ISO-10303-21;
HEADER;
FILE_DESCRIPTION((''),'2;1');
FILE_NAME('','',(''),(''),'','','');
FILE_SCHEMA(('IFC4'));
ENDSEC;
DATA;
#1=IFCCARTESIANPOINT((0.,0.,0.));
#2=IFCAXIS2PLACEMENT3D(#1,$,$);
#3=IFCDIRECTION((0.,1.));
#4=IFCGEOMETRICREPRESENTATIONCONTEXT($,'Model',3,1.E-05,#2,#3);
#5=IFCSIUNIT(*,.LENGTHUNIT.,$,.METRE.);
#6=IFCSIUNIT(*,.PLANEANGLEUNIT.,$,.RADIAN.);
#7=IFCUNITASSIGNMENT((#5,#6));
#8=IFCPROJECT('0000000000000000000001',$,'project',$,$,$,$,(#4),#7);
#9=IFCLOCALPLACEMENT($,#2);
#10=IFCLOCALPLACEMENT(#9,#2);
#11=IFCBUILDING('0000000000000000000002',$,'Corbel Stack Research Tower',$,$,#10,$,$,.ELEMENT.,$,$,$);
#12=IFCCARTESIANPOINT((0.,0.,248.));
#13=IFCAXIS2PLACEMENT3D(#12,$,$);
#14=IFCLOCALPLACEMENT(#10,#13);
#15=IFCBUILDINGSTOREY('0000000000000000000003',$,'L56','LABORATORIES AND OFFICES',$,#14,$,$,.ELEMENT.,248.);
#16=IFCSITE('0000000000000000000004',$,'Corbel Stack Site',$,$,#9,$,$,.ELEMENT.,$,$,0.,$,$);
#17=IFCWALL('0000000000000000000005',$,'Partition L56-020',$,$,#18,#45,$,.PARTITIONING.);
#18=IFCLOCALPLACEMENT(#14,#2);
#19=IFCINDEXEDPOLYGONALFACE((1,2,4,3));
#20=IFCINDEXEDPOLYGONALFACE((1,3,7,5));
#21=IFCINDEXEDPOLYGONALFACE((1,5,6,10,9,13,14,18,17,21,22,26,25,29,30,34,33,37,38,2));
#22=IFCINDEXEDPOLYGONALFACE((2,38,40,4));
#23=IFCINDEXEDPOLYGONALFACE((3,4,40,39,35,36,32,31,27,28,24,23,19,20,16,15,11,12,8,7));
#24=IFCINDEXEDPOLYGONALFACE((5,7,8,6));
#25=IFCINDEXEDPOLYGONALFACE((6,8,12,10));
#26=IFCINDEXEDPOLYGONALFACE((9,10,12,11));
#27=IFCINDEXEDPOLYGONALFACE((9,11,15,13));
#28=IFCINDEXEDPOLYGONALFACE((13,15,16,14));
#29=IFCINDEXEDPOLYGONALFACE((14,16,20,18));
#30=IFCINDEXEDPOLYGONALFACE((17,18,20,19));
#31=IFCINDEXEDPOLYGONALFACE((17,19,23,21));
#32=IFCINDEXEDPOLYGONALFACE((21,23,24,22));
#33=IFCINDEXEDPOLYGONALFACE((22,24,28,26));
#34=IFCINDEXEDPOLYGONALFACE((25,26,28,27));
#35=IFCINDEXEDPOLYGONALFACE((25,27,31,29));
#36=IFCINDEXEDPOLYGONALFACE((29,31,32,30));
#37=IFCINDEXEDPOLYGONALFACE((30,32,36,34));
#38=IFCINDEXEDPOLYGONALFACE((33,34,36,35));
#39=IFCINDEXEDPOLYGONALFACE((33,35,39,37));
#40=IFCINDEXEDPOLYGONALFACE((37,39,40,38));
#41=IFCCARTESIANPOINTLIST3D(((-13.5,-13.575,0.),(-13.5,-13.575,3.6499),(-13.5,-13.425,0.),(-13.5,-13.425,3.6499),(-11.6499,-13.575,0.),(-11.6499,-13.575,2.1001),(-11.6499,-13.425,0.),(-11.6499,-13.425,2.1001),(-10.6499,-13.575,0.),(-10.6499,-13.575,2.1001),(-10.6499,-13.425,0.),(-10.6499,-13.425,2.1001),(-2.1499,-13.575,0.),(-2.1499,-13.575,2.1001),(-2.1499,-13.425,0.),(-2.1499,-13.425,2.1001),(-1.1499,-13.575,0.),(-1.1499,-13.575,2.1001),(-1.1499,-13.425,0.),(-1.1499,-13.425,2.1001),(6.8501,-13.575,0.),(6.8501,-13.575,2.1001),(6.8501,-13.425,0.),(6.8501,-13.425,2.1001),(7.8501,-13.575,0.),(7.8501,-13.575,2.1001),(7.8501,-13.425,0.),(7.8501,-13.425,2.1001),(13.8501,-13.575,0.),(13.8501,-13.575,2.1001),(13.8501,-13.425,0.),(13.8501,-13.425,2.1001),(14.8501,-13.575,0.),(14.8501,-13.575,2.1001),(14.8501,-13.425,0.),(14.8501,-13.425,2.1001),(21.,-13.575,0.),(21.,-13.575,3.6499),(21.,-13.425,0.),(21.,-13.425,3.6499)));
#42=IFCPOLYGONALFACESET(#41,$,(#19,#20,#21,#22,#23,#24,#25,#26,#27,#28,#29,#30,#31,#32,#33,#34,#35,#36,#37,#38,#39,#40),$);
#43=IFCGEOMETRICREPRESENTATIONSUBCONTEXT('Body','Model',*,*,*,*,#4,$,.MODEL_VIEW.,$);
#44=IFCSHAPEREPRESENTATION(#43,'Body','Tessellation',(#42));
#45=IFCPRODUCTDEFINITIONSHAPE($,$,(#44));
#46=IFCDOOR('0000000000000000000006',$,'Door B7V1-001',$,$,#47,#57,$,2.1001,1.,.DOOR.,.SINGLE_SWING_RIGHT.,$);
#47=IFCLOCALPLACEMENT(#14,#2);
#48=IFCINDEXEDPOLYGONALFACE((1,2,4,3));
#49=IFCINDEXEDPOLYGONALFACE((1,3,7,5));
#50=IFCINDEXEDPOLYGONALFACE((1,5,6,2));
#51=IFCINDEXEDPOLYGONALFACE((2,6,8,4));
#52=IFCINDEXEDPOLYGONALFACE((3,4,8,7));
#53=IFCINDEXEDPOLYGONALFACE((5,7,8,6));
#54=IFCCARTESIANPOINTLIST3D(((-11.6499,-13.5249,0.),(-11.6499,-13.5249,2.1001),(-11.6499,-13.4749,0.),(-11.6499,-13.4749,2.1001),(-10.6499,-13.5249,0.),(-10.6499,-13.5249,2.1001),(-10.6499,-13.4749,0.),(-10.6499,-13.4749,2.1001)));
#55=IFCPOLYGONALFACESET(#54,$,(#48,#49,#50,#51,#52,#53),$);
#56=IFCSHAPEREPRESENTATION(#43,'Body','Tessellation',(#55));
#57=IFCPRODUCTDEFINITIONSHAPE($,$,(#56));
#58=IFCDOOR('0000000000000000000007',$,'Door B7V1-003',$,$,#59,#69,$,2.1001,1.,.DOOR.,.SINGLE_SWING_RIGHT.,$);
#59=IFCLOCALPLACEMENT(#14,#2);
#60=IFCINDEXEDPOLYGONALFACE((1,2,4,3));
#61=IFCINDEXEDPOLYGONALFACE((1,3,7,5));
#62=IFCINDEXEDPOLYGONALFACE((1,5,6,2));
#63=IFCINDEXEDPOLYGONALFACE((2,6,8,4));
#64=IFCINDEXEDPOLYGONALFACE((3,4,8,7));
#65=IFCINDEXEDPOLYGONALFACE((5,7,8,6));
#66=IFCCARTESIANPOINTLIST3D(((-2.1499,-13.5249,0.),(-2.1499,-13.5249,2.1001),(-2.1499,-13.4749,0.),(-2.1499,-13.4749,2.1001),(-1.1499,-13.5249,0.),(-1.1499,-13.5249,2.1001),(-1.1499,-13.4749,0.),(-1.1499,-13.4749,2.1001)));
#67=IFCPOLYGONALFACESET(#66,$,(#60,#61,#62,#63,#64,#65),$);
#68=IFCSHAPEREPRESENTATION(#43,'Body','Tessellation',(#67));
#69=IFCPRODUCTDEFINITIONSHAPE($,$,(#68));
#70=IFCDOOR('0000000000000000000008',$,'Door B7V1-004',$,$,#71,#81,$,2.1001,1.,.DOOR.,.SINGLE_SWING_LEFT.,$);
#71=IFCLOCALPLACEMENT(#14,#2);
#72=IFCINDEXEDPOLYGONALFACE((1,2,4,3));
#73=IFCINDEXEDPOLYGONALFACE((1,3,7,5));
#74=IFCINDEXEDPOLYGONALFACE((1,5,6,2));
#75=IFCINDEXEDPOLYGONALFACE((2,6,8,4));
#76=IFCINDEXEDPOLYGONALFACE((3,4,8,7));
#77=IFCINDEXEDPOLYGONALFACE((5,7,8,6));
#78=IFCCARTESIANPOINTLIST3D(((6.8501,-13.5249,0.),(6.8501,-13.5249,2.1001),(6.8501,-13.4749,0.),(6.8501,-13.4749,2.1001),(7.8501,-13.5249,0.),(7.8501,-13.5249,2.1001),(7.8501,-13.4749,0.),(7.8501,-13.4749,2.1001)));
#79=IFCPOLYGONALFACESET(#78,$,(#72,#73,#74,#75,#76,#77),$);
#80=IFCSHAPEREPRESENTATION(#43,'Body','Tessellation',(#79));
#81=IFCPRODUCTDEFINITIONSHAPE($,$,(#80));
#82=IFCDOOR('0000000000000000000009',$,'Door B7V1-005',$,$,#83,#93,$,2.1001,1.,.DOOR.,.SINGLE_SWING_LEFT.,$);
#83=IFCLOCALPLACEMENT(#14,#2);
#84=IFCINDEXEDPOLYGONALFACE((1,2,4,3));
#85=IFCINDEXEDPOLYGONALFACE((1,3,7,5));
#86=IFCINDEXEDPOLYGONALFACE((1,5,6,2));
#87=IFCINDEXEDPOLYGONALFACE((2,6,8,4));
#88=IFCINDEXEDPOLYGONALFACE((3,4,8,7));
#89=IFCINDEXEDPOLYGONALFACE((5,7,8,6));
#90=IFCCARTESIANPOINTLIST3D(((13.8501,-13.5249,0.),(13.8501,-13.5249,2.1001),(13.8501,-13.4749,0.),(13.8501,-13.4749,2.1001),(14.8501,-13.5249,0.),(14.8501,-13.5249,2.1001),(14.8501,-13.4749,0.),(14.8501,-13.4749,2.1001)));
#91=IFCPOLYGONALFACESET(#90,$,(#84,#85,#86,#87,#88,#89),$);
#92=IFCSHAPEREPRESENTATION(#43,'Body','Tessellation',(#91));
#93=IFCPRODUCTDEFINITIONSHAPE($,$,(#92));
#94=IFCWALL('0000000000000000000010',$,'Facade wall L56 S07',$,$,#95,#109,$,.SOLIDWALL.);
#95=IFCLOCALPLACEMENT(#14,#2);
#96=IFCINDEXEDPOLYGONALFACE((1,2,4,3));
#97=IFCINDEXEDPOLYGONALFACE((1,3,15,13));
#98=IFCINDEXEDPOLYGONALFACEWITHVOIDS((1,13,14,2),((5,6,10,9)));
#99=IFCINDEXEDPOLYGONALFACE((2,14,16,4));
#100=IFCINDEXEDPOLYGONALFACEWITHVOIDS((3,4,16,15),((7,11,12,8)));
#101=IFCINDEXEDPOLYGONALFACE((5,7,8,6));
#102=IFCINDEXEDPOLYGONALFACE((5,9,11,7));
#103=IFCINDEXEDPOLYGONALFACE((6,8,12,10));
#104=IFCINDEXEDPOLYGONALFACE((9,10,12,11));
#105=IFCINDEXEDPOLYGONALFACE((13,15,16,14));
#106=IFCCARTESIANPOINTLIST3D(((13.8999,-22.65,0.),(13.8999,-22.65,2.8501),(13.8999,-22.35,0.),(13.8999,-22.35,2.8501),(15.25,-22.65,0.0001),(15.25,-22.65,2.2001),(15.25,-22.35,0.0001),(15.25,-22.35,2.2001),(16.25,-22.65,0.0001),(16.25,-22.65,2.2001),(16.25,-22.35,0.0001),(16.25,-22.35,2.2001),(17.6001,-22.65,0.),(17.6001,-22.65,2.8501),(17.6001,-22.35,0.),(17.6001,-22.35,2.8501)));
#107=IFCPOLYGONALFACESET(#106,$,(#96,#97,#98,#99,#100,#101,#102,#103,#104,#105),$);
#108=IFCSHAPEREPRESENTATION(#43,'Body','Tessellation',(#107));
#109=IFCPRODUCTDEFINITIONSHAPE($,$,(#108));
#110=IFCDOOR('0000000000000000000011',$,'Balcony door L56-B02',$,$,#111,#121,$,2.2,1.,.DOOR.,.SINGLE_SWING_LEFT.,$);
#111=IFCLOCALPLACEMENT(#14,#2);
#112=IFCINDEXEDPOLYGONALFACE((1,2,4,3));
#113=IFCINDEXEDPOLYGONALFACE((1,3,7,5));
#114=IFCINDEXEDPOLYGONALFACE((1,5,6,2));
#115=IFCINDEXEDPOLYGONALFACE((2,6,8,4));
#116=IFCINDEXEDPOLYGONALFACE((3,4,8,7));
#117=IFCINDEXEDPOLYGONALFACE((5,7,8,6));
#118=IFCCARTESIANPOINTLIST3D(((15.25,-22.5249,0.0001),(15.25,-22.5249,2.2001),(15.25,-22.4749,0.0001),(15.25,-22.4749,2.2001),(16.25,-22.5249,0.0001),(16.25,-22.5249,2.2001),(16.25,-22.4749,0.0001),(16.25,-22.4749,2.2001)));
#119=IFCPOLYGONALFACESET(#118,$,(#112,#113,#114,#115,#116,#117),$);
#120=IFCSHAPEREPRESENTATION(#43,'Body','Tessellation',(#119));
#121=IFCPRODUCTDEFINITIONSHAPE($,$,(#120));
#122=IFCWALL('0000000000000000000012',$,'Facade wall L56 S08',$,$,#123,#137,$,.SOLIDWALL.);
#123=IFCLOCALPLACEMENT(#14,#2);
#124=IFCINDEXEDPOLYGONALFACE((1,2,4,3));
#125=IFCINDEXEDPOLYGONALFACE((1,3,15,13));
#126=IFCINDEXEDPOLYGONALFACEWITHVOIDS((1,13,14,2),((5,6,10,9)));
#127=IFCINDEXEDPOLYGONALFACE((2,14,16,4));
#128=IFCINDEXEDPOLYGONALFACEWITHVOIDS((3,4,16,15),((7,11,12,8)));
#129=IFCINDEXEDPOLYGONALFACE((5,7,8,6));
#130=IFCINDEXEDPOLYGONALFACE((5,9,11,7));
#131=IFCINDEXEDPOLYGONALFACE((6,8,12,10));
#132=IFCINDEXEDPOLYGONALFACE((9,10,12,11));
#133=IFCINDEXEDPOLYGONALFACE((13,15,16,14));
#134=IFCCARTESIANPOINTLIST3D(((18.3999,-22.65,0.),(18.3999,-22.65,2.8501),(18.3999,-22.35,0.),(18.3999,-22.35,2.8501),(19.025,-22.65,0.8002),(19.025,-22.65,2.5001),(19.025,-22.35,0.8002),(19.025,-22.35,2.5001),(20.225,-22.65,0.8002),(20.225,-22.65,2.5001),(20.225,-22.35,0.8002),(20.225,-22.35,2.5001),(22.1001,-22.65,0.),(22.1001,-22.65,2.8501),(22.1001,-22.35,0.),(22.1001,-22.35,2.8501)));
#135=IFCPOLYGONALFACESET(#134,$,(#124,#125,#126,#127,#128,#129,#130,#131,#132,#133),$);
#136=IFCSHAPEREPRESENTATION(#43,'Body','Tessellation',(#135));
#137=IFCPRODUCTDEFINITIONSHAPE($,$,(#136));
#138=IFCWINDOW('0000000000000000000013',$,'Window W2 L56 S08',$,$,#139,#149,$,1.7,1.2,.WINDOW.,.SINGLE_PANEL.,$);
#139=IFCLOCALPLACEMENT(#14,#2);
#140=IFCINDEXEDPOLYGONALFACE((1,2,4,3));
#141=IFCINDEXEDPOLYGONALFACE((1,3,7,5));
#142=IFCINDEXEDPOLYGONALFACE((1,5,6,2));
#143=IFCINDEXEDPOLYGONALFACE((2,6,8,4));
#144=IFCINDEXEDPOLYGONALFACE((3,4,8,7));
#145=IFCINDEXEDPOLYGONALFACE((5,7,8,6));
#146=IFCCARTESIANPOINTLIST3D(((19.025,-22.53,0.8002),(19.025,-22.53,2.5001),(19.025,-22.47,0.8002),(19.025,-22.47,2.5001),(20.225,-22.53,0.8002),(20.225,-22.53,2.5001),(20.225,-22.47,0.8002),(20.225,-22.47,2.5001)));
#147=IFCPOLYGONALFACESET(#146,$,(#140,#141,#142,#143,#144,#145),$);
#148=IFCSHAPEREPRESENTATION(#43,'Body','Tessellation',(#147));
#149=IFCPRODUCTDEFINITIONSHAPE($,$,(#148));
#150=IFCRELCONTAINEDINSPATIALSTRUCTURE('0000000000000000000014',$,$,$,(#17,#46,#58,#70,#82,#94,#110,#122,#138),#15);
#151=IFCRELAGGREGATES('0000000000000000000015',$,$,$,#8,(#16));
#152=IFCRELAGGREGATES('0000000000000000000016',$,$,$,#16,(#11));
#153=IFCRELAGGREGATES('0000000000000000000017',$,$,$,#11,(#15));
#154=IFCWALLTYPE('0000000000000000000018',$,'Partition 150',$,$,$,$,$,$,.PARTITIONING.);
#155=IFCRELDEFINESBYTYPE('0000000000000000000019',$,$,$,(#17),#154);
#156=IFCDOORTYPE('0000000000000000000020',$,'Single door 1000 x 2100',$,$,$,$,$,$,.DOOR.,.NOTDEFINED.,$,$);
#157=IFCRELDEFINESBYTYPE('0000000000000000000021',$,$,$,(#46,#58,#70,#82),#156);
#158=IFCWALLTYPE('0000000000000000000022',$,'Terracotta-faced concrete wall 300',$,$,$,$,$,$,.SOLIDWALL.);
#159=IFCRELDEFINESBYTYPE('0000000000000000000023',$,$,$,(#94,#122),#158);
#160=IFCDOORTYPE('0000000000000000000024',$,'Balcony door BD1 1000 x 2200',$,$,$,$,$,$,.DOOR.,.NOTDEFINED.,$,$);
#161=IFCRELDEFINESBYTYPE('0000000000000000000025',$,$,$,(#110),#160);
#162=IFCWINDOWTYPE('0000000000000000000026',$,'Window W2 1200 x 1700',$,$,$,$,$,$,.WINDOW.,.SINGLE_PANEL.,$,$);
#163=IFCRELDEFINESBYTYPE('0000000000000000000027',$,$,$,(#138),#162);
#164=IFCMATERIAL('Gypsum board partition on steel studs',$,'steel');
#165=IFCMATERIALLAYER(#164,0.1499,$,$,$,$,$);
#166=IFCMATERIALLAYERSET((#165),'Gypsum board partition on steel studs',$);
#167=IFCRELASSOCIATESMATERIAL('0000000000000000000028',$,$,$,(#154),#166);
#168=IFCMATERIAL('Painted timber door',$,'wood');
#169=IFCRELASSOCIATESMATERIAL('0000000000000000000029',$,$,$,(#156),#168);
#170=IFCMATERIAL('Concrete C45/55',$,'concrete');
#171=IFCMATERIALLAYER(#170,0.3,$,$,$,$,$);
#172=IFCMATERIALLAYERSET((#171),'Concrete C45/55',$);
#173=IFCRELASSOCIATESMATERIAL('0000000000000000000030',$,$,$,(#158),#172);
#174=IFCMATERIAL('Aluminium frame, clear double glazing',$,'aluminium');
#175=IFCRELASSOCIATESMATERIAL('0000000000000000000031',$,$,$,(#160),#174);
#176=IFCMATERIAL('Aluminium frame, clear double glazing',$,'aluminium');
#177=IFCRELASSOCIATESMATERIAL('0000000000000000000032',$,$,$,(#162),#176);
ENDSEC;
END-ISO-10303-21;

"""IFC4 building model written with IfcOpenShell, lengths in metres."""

from ifc_helpers import new_model, si_unit, direction, frame, frame_2d, origin, place, context, subcontext, project, spatial, rectangle, extrude, material, layer, layer_set, type_object, element, fill, save


model = new_model("IFC4")

# Units and contexts
model_context = context("Model", 3, precision=1e-05, world=origin(), true_north=direction((0.0, 1.0)))
body_context = subcontext(model_context, "Body", "Model", "MODEL_VIEW")
ifc_project = project(units=[si_unit("LENGTHUNIT", "METRE"), si_unit("PLANEANGLEUNIT", "RADIAN")], contexts=[model_context])

# Site, building, storey
site_placement = place(None, origin())
site = spatial("IfcSite", under=ifc_project, at=site_placement, Name="Corbel Stack Site", CompositionType="ELEMENT", RefElevation=0.0)
building_placement = place(site_placement, origin())
building = spatial("IfcBuilding", under=site, at=building_placement, Name="Corbel Stack Research Tower", CompositionType="ELEMENT")
storey_placement = place(building_placement, frame((0.0, 0.0, 248.0)))
storey = spatial("IfcBuildingStorey", under=building, at=storey_placement, Name="L56", Description="LABORATORIES AND OFFICES", CompositionType="ELEMENT", Elevation=248.0)

# Wall, openings, doors
ifc_material_1 = material(Name="Gypsum board partition on steel studs", Category="steel")
ifc_layer_1 = layer(ifc_material_1, 0.1499)
ifc_layer_set_1 = layer_set([ifc_layer_1], Name="Gypsum board partition on steel studs")
wall_type_1 = type_object("IfcWallType", Name="Partition 150", PredefinedType="PARTITIONING", material=ifc_layer_set_1)
wall_1_placement = place(storey_placement, frame((21.0, -13.5, 0.0), z_axis=(0.0, 0.0, 1.0), x_axis=(-1.0, 0.0, 0.0)))
wall_1 = element("IfcWall", 1, at=wall_1_placement, inside=storey, type_object=wall_type_1, Name="Partition L56-020", PredefinedType="PARTITIONING", context=body_context, shape_type="SweptSolid", body=[
    extrude(rectangle(XDim=34.5, YDim=0.1499, at=frame_2d((17.25, 0.0))), origin(), (0.0, 0.0, 1.0), 3.6499),
])
opening_1_placement = place(wall_1_placement, frame((31.6499, 0.0, 0.0)))
opening_1 = element("IfcOpeningElement", 2, at=opening_1_placement, cuts=wall_1, PredefinedType="OPENING", context=body_context, shape_type="SweptSolid", body=[
    extrude(rectangle(XDim=1.0, YDim=2.1001, at=frame_2d((0.5, 1.05))), frame((0.0, 0.085, 0.0), z_axis=(0.0, -1.0, 0.0), x_axis=(1.0, 0.0, 0.0)), (0.0, 0.0, 1.0), 0.1699),
])
opening_2_placement = place(wall_1_placement, frame((22.1499, 0.0, 0.0)))
opening_2 = element("IfcOpeningElement", 3, at=opening_2_placement, cuts=wall_1, PredefinedType="OPENING", context=body_context, shape_type="SweptSolid", body=[
    extrude(rectangle(XDim=1.0, YDim=2.1001, at=frame_2d((0.5, 1.05))), frame((0.0, 0.085, 0.0), z_axis=(0.0, -1.0, 0.0), x_axis=(1.0, 0.0, 0.0)), (0.0, 0.0, 1.0), 0.1699),
])
opening_3_placement = place(wall_1_placement, frame((13.1499, 0.0, 0.0)))
opening_3 = element("IfcOpeningElement", 4, at=opening_3_placement, cuts=wall_1, PredefinedType="OPENING", context=body_context, shape_type="SweptSolid", body=[
    extrude(rectangle(XDim=1.0, YDim=2.1001, at=frame_2d((0.5, 1.05))), frame((0.0, 0.085, 0.0), z_axis=(0.0, -1.0, 0.0), x_axis=(1.0, 0.0, 0.0)), (0.0, 0.0, 1.0), 0.1699),
])
opening_4_placement = place(wall_1_placement, frame((6.1499, 0.0, 0.0)))
opening_4 = element("IfcOpeningElement", 5, at=opening_4_placement, cuts=wall_1, PredefinedType="OPENING", context=body_context, shape_type="SweptSolid", body=[
    extrude(rectangle(XDim=1.0, YDim=2.1001, at=frame_2d((0.5, 1.05))), frame((0.0, 0.085, 0.0), z_axis=(0.0, -1.0, 0.0), x_axis=(1.0, 0.0, 0.0)), (0.0, 0.0, 1.0), 0.1699),
])
ifc_material_2 = material(Name="Painted timber door", Category="wood")
door_type_1 = type_object("IfcDoorType", Name="Single door 1000 x 2100", OperationType="NOTDEFINED", PredefinedType="DOOR", material=ifc_material_2)
door_1_placement = place(opening_1_placement, origin())
door_1 = element("IfcDoor", 6, at=door_1_placement, inside=storey, type_object=door_type_1, Name="Door B7V1-001", OperationType="SINGLE_SWING_RIGHT", OverallHeight=2.1001, OverallWidth=1.0, PredefinedType="DOOR", context=body_context, shape_type="SweptSolid", body=[
    extrude(rectangle(XDim=1.0, YDim=2.1001, at=frame_2d((0.5, 1.05))), frame((0.0, 0.0249, 0.0), z_axis=(0.0, -1.0, 0.0), x_axis=(1.0, 0.0, 0.0)), (0.0, 0.0, 1.0), 0.05),
])
fill(opening_1, door_1)
door_2_placement = place(opening_2_placement, origin())
door_2 = element("IfcDoor", 7, at=door_2_placement, inside=storey, type_object=door_type_1, Name="Door B7V1-003", OperationType="SINGLE_SWING_RIGHT", OverallHeight=2.1001, OverallWidth=1.0, PredefinedType="DOOR", context=body_context, shape_type="SweptSolid", body=[
    extrude(rectangle(XDim=1.0, YDim=2.1001, at=frame_2d((0.5, 1.05))), frame((0.0, 0.0249, 0.0), z_axis=(0.0, -1.0, 0.0), x_axis=(1.0, 0.0, 0.0)), (0.0, 0.0, 1.0), 0.05),
])
fill(opening_2, door_2)
door_3_placement = place(opening_3_placement, origin())
door_3 = element("IfcDoor", 8, at=door_3_placement, inside=storey, type_object=door_type_1, Name="Door B7V1-004", OperationType="SINGLE_SWING_LEFT", OverallHeight=2.1001, OverallWidth=1.0, PredefinedType="DOOR", context=body_context, shape_type="SweptSolid", body=[
    extrude(rectangle(XDim=1.0, YDim=2.1001, at=frame_2d((0.5, 1.05))), frame((0.0, 0.0249, 0.0), z_axis=(0.0, -1.0, 0.0), x_axis=(1.0, 0.0, 0.0)), (0.0, 0.0, 1.0), 0.05),
])
fill(opening_3, door_3)
door_4_placement = place(opening_4_placement, origin())
door_4 = element("IfcDoor", 9, at=door_4_placement, inside=storey, type_object=door_type_1, Name="Door B7V1-005", OperationType="SINGLE_SWING_LEFT", OverallHeight=2.1001, OverallWidth=1.0, PredefinedType="DOOR", context=body_context, shape_type="SweptSolid", body=[
    extrude(rectangle(XDim=1.0, YDim=2.1001, at=frame_2d((0.5, 1.05))), frame((0.0, 0.0249, 0.0), z_axis=(0.0, -1.0, 0.0), x_axis=(1.0, 0.0, 0.0)), (0.0, 0.0, 1.0), 0.05),
])
fill(opening_4, door_4)

# Wall, opening, door
ifc_material_3 = material(Name="Concrete C45/55", Category="concrete")
ifc_layer_2 = layer(ifc_material_3, 0.3)
ifc_layer_set_2 = layer_set([ifc_layer_2], Name="Concrete C45/55")
wall_type_2 = type_object("IfcWallType", Name="Terracotta-faced concrete wall 300", PredefinedType="SOLIDWALL", material=ifc_layer_set_2)
wall_2_placement = place(storey_placement, frame((17.6001, -22.5, 0.0), z_axis=(0.0, 0.0, 1.0), x_axis=(-1.0, 0.0, 0.0)))
wall_2 = element("IfcWall", 10, at=wall_2_placement, inside=storey, type_object=wall_type_2, Name="Facade wall L56 S07", PredefinedType="SOLIDWALL", context=body_context, shape_type="SweptSolid", body=[
    extrude(rectangle(XDim=3.7002, YDim=0.3, at=frame_2d((1.8501, 0.0))), origin(), (0.0, 0.0, 1.0), 2.8501),
])
opening_5_placement = place(wall_2_placement, frame((1.3501, 0.0, 0.0)))
opening_5 = element("IfcOpeningElement", 11, at=opening_5_placement, cuts=wall_2, PredefinedType="OPENING", context=body_context, shape_type="SweptSolid", body=[
    extrude(rectangle(XDim=1.0, YDim=2.2, at=frame_2d((0.5, 1.1001))), frame((0.0, 0.1599, 0.0), z_axis=(0.0, -1.0, 0.0), x_axis=(1.0, 0.0, 0.0)), (0.0, 0.0, 1.0), 0.3201),
])
ifc_material_4 = material(Name="Aluminium frame, clear double glazing", Category="aluminium")
door_type_2 = type_object("IfcDoorType", Name="Balcony door BD1 1000 x 2200", OperationType="NOTDEFINED", PredefinedType="DOOR", material=ifc_material_4)
door_5_placement = place(opening_5_placement, origin())
door_5 = element("IfcDoor", 12, at=door_5_placement, inside=storey, type_object=door_type_2, Name="Balcony door L56-B02", OperationType="SINGLE_SWING_LEFT", OverallHeight=2.2, OverallWidth=1.0, PredefinedType="DOOR", context=body_context, shape_type="SweptSolid", body=[
    extrude(rectangle(XDim=1.0, YDim=2.2, at=frame_2d((0.5, 1.1001))), frame((0.0, 0.0249, 0.0), z_axis=(0.0, -1.0, 0.0), x_axis=(1.0, 0.0, 0.0)), (0.0, 0.0, 1.0), 0.05),
])
fill(opening_5, door_5)

# Wall, opening, window
wall_3_placement = place(storey_placement, frame((22.1001, -22.5, 0.0), z_axis=(0.0, 0.0, 1.0), x_axis=(-1.0, 0.0, 0.0)))
wall_3 = element("IfcWall", 13, at=wall_3_placement, inside=storey, type_object=wall_type_2, Name="Facade wall L56 S08", PredefinedType="SOLIDWALL", context=body_context, shape_type="SweptSolid", body=[
    extrude(rectangle(XDim=3.7002, YDim=0.3, at=frame_2d((1.8501, 0.0))), origin(), (0.0, 0.0, 1.0), 2.8501),
])
opening_6_placement = place(wall_3_placement, frame((1.875, 0.0, 0.8)))
opening_6 = element("IfcOpeningElement", 14, at=opening_6_placement, cuts=wall_3, PredefinedType="OPENING", context=body_context, shape_type="SweptSolid", body=[
    extrude(rectangle(XDim=1.2, YDim=1.7, at=frame_2d((0.6001, 0.8501))), frame((0.0, 0.1599, 0.0), z_axis=(0.0, -1.0, 0.0), x_axis=(1.0, 0.0, 0.0)), (0.0, 0.0, 1.0), 0.3201),
])
ifc_material_5 = material(Name="Aluminium frame, clear double glazing", Category="aluminium")
window_type_1 = type_object("IfcWindowType", Name="Window W2 1200 x 1700", PartitioningType="SINGLE_PANEL", PredefinedType="WINDOW", material=ifc_material_5)
window_1_placement = place(opening_6_placement, origin())
window_1 = element("IfcWindow", 15, at=window_1_placement, inside=storey, type_object=window_type_1, Name="Window W2 L56 S08", OverallHeight=1.7, OverallWidth=1.2, PartitioningType="SINGLE_PANEL", PredefinedType="WINDOW", context=body_context, shape_type="SweptSolid", body=[
    extrude(rectangle(XDim=1.2, YDim=1.7, at=frame_2d((0.6001, 0.8501))), frame((0.0, 0.03, 0.0), z_axis=(0.0, -1.0, 0.0), x_axis=(1.0, 0.0, 0.0)), (0.0, 0.0, 1.0), 0.0601),
])
fill(opening_6, window_1)

save(model, "model.ifc")
